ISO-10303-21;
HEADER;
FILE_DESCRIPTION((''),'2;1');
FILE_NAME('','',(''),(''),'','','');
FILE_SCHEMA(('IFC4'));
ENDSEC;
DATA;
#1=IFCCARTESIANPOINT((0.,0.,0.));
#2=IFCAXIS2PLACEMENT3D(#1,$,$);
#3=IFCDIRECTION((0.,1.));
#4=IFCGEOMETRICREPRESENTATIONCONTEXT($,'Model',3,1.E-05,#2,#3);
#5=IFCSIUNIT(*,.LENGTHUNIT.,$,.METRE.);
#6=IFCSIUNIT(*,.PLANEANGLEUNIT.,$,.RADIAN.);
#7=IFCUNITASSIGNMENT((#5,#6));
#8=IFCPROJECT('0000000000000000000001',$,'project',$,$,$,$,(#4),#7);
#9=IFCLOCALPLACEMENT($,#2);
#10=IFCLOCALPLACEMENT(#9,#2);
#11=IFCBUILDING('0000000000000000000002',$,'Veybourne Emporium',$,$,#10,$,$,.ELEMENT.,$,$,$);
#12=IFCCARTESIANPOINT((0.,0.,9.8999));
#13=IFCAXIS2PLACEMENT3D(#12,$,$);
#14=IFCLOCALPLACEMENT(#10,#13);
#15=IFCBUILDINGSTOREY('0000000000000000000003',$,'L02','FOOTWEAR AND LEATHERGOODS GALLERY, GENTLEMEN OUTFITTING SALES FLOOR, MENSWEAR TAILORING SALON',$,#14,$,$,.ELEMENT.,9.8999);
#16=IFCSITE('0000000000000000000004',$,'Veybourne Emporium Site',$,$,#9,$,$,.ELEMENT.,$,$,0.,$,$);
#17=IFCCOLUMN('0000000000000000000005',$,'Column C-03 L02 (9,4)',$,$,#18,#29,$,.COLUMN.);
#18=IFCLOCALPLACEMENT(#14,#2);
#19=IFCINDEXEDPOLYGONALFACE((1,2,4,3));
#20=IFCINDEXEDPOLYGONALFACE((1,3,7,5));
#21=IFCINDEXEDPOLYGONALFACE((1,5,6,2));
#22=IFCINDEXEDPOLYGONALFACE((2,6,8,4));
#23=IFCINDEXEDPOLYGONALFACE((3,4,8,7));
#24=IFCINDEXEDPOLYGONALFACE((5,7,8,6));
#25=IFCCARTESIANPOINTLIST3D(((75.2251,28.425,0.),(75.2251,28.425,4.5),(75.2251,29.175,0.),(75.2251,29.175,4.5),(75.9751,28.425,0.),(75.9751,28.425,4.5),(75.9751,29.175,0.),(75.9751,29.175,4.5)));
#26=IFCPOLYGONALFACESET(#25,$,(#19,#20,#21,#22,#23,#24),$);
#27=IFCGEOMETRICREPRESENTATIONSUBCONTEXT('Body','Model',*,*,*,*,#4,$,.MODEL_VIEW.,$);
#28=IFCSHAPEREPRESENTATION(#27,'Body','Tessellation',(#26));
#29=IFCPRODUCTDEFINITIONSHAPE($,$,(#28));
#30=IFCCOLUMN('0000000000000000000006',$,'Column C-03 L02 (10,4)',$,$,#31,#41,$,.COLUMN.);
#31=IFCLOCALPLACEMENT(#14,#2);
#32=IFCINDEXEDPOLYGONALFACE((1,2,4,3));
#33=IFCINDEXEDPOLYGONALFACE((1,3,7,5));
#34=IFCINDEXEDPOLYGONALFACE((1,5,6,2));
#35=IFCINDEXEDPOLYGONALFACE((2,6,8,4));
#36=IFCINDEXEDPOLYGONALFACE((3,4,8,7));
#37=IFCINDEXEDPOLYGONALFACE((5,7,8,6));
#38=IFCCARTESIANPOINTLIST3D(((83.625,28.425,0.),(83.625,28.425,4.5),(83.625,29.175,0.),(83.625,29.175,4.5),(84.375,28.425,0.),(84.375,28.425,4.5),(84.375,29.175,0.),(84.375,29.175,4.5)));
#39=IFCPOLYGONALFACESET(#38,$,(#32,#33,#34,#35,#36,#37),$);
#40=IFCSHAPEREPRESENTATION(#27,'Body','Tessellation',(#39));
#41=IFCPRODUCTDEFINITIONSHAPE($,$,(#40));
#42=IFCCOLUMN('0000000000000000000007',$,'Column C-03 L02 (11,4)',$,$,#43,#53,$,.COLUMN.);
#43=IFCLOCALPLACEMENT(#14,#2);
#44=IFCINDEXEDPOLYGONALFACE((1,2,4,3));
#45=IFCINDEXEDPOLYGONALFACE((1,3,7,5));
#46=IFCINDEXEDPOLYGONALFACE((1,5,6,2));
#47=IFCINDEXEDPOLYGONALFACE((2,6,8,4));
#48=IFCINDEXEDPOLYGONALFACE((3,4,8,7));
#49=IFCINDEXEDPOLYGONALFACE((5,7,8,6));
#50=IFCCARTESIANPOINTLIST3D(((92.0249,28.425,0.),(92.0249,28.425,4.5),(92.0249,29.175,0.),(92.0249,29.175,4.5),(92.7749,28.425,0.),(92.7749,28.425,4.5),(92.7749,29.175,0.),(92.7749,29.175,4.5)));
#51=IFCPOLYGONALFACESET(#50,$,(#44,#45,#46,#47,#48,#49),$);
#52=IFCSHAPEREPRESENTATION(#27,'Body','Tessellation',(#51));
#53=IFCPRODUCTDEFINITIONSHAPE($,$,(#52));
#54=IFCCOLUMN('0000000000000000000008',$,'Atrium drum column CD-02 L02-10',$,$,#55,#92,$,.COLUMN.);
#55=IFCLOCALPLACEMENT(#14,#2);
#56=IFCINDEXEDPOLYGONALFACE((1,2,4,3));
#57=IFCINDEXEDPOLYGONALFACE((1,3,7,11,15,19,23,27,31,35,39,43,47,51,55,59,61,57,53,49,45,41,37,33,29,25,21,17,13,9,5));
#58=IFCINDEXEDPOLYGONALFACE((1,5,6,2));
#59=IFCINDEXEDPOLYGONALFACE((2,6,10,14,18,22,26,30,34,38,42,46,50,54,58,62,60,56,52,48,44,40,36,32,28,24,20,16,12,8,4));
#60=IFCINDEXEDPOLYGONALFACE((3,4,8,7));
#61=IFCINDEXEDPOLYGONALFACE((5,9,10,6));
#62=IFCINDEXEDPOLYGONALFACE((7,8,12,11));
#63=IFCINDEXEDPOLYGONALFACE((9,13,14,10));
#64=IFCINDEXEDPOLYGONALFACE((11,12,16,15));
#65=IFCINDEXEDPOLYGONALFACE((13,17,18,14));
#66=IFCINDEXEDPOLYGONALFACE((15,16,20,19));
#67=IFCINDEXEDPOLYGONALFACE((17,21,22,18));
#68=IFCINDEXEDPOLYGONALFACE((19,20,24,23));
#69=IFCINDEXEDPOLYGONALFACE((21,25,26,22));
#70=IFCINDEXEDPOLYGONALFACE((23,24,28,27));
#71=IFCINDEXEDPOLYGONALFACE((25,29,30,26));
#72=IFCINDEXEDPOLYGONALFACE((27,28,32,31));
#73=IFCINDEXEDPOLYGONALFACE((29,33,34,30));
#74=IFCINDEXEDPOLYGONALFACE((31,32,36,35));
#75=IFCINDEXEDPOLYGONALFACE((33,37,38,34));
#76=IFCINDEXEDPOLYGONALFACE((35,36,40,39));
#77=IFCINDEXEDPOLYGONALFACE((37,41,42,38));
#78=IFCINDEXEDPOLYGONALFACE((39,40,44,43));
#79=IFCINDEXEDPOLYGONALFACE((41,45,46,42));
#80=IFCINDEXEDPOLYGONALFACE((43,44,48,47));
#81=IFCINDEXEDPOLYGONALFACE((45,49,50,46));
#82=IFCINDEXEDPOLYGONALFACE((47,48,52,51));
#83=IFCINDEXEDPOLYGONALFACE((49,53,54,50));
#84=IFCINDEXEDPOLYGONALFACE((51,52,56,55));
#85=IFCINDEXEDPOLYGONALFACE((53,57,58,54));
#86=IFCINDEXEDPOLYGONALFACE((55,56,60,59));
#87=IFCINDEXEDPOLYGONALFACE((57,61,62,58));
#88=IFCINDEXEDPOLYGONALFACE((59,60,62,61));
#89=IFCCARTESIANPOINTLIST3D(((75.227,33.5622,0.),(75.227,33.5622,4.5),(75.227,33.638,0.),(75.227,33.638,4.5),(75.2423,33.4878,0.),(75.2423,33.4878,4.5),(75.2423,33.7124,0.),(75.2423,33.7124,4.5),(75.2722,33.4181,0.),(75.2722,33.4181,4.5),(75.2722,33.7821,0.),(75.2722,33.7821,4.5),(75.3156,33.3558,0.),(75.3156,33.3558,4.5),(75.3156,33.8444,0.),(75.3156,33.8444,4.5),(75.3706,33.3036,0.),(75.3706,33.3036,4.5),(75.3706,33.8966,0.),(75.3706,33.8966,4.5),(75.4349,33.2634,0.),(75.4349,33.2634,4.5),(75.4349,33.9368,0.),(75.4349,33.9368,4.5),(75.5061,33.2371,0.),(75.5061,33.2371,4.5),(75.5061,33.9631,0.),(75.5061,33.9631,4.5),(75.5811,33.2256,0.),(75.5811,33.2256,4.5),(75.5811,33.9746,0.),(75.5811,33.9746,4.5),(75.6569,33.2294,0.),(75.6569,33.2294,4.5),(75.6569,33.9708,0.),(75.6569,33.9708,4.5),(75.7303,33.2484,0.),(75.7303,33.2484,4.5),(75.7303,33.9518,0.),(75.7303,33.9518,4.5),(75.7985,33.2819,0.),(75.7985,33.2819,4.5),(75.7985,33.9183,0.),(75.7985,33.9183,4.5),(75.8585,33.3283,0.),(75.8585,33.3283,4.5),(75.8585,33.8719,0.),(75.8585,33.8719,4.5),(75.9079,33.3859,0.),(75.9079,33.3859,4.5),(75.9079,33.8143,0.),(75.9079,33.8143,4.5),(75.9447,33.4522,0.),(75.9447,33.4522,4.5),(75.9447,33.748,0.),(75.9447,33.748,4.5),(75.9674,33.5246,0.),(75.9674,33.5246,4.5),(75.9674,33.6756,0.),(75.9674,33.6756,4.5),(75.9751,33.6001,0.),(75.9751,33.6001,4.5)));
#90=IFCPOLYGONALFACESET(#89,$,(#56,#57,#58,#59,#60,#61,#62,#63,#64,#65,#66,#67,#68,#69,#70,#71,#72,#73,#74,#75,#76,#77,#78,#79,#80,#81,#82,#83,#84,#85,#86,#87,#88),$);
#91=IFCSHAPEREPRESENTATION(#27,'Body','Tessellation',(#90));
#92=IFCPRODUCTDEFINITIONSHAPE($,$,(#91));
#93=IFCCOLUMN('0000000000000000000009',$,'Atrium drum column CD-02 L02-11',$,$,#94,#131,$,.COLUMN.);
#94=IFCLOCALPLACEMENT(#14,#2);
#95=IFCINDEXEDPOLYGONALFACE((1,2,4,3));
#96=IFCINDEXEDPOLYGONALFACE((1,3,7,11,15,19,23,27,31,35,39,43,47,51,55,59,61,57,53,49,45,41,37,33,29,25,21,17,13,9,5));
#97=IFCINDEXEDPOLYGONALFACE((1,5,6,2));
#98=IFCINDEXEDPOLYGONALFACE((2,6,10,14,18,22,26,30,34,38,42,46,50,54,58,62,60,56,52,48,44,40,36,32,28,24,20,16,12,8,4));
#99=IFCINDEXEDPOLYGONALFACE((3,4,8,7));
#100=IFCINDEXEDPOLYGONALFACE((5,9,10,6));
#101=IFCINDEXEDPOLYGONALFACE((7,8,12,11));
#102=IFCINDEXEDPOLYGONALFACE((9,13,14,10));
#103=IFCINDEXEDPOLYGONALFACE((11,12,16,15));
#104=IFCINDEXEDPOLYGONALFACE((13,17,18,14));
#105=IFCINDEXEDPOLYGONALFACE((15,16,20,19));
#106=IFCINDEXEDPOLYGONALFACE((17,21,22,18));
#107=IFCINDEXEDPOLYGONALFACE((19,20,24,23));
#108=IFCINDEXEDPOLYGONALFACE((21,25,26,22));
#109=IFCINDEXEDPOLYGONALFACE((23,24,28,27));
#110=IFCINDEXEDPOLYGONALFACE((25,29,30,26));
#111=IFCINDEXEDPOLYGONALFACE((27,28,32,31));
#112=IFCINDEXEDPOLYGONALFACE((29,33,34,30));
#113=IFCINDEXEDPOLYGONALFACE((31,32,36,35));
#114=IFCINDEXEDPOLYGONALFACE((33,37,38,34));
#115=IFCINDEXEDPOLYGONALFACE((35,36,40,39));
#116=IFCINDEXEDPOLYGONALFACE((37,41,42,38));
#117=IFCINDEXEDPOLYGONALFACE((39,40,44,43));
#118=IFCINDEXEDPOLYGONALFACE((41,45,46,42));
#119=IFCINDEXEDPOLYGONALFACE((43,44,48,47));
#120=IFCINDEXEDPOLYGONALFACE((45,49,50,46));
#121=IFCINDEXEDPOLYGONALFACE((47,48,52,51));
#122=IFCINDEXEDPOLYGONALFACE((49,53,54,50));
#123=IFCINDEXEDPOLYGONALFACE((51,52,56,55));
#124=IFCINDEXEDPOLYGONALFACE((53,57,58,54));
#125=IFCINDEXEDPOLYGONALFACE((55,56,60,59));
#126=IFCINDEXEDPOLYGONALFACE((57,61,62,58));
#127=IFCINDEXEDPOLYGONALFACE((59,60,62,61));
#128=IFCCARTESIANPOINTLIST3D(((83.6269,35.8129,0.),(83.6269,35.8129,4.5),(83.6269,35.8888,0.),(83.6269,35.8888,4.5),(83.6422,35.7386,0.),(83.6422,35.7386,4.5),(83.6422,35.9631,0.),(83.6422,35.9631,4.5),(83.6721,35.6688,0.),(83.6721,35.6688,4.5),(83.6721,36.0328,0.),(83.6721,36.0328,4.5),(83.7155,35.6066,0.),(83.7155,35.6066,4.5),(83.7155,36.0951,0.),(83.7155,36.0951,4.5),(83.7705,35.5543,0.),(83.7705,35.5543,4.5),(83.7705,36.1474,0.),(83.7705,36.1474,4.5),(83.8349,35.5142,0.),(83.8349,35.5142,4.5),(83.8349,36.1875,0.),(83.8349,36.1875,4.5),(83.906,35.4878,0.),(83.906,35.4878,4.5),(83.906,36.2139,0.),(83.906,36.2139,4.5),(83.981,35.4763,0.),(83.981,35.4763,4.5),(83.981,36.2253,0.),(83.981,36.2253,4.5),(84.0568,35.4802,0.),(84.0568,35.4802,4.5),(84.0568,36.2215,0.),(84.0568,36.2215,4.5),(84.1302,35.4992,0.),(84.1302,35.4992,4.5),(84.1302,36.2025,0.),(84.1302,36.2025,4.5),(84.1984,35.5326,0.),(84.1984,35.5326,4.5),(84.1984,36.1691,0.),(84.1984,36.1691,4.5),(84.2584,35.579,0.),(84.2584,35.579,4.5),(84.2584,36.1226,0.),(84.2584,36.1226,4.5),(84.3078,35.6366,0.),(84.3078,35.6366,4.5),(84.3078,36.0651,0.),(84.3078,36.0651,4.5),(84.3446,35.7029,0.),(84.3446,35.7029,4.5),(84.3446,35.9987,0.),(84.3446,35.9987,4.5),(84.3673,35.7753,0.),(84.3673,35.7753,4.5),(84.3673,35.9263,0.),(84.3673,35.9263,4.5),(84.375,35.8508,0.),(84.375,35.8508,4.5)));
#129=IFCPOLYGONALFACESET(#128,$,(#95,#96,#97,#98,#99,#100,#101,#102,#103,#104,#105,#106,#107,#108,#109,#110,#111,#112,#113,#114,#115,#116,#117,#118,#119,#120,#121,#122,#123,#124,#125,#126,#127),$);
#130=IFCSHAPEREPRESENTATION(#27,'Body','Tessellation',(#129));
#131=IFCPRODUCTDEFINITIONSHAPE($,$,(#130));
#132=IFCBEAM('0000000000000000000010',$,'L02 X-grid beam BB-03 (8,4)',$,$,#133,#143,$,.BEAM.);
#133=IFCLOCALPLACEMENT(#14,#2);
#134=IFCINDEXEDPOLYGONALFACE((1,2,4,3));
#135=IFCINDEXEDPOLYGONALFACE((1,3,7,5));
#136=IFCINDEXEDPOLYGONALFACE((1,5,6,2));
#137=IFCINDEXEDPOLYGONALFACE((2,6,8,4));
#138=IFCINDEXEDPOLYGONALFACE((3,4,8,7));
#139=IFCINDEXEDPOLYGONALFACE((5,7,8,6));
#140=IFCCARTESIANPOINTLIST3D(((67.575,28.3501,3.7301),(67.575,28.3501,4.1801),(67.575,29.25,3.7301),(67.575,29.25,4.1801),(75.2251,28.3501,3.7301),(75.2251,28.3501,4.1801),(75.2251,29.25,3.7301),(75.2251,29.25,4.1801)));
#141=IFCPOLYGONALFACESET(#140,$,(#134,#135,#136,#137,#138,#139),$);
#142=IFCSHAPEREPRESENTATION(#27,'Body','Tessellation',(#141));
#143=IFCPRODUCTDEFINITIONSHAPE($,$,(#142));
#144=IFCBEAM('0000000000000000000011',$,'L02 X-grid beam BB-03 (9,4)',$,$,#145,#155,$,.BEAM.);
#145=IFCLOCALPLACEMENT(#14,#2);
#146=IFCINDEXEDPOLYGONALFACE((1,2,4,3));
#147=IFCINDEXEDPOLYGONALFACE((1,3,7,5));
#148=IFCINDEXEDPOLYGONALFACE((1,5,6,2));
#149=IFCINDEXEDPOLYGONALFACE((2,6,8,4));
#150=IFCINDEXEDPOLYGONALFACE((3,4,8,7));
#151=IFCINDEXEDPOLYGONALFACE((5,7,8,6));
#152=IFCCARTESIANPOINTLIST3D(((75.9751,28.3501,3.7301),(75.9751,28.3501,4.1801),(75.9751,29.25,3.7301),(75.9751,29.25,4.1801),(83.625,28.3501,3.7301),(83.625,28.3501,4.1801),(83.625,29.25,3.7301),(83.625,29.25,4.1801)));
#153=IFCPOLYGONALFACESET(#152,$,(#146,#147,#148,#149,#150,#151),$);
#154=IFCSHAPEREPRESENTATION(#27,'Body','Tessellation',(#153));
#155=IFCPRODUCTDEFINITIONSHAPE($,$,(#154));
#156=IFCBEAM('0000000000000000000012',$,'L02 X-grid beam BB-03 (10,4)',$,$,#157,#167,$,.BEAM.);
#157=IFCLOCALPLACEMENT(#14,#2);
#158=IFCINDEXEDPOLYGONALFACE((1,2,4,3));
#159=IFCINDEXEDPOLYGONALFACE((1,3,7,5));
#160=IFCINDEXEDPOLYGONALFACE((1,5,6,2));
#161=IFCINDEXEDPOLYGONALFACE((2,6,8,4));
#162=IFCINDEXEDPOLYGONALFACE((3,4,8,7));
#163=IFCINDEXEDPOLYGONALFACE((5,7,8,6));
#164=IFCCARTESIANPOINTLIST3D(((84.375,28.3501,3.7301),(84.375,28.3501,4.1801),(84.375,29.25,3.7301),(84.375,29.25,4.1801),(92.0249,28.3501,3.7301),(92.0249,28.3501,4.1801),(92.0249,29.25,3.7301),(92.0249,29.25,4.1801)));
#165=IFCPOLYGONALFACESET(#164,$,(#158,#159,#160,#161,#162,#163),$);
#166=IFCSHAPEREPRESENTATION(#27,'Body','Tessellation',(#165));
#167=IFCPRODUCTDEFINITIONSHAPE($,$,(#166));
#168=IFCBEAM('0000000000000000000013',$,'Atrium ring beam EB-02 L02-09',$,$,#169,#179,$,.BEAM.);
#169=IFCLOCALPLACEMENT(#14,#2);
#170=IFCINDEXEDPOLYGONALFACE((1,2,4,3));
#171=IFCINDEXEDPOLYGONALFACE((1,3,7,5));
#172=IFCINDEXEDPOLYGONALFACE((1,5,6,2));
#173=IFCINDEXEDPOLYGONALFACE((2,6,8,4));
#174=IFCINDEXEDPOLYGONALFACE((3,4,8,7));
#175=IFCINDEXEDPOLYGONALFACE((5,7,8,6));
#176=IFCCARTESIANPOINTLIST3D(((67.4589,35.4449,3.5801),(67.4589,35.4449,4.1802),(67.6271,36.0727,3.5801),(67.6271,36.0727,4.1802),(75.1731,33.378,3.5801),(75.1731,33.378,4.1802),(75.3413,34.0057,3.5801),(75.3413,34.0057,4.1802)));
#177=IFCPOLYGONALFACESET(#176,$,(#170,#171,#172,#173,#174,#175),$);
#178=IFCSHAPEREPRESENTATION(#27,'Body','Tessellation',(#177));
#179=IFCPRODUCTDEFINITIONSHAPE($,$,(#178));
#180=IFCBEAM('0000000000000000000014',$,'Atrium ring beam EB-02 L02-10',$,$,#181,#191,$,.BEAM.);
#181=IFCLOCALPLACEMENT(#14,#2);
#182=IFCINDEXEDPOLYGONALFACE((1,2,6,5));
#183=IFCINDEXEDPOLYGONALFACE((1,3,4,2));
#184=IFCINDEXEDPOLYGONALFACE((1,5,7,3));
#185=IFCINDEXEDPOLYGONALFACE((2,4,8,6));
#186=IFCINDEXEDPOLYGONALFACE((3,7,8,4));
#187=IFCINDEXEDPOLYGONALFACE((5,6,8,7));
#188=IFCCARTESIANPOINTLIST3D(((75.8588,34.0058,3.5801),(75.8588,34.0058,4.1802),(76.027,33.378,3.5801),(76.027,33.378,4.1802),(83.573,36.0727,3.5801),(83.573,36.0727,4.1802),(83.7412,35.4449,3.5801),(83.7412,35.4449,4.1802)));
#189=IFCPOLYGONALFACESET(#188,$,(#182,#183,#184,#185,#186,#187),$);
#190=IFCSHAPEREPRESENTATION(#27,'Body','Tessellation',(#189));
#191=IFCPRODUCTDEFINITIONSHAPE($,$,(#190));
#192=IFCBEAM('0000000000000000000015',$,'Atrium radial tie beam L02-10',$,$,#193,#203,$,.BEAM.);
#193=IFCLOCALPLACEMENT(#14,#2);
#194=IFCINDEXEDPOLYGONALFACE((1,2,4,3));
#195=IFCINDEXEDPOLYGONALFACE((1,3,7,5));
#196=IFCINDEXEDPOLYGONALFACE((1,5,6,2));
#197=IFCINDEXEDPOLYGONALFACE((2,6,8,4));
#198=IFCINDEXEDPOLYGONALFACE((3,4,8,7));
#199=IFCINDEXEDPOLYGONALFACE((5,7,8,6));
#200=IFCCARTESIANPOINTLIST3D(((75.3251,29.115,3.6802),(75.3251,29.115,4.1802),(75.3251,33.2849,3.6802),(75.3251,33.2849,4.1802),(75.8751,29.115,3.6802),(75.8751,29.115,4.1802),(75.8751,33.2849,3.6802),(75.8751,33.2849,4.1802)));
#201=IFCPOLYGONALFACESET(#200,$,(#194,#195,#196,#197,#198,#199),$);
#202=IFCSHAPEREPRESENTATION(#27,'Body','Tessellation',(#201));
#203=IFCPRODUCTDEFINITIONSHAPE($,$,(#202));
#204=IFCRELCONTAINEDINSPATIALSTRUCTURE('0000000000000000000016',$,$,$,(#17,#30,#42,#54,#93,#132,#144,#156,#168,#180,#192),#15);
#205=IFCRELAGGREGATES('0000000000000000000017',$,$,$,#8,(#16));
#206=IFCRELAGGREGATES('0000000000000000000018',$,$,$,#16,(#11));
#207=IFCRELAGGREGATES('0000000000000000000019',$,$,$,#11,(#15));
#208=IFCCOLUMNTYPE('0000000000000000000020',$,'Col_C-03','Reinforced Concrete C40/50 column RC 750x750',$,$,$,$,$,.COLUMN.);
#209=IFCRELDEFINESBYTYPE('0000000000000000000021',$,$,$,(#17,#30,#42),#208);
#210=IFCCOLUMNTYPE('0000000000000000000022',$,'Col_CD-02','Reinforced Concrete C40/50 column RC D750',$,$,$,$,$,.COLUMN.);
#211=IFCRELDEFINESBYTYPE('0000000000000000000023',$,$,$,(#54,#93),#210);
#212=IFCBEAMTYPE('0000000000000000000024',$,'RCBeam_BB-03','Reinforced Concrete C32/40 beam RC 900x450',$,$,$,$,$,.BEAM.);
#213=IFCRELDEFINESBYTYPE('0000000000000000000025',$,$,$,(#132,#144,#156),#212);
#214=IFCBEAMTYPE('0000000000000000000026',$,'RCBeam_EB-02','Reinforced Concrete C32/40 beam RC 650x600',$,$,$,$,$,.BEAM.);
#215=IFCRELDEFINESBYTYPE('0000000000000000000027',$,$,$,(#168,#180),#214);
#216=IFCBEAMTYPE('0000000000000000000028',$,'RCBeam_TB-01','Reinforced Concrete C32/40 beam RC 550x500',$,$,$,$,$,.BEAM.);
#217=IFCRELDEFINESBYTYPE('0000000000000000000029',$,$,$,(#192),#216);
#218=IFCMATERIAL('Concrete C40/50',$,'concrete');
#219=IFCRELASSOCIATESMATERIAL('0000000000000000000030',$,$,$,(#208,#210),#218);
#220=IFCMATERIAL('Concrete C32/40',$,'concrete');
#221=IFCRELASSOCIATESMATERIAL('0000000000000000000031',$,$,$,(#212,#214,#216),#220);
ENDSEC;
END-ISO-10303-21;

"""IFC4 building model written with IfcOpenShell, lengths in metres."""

from ifc_helpers import new_model, si_unit, direction, frame, origin, origin_2d, place, context, subcontext, project, spatial, rectangle, circle, extrude, material, material_profile, profile_set, type_object, element, save


model = new_model("IFC4")

# Units and contexts
model_context = context("Model", 3, precision=1e-05, world=origin(), true_north=direction((0.0, 1.0)))
body_context = subcontext(model_context, "Body", "Model", "MODEL_VIEW")
ifc_project = project(units=[si_unit("LENGTHUNIT", "METRE"), si_unit("PLANEANGLEUNIT", "RADIAN")], contexts=[model_context])

# Site, building, storey
site_placement = place(None, origin())
site = spatial("IfcSite", under=ifc_project, at=site_placement, Name="Veybourne Emporium Site", CompositionType="ELEMENT", RefElevation=0.0)
building_placement = place(site_placement, origin())
building = spatial("IfcBuilding", under=site, at=building_placement, Name="Veybourne Emporium", CompositionType="ELEMENT")
storey_placement = place(building_placement, frame((0.0, 0.0, 9.8999)))
storey = spatial("IfcBuildingStorey", under=building, at=storey_placement, Name="L02", Description="FOOTWEAR AND LEATHERGOODS GALLERY, GENTLEMEN OUTFITTING SALES FLOOR, MENSWEAR TAILORING SALON", CompositionType="ELEMENT", Elevation=9.8999)

# Columns
ifc_material_1 = material(Name="Concrete C40/50", Category="concrete")
ifc_material_profile_1 = material_profile(ifc_material_1, rectangle(XDim=0.75, YDim=0.75, at=origin_2d()), Name="RC 750x750")
ifc_profile_set_1 = profile_set([ifc_material_profile_1], Name="Concrete C40/50")
column_type_1 = type_object("IfcColumnType", Name="Col_C-03", Description="Reinforced Concrete C40/50 column RC 750x750", PredefinedType="COLUMN", material=ifc_profile_set_1)
for number, where, z_axis, x_axis, name in (
    (1, (75.6001, 28.8, 0.0), (0.0, 0.0, 1.0), (1.0, 0.0, 0.0), "Column C-03 L02 (9,4)"),
    (2, (84.0, 28.8, 0.0), (0.0, 0.0, 1.0), (1.0, 0.0, 0.0), "Column C-03 L02 (10,4)"),
    (3, (92.3999, 28.8, 0.0), (0.0, 0.0, 1.0), (1.0, 0.0, 0.0), "Column C-03 L02 (11,4)"),
):
    element("IfcColumn", number, at=place(storey_placement, frame(where, z_axis=z_axis, x_axis=x_axis)), inside=storey, type_object=column_type_1, Name=name, PredefinedType="COLUMN", context=body_context, shape_type="SweptSolid", body=[
        extrude(rectangle(XDim=0.75, YDim=0.75, at=origin_2d()), origin(), (0.0, 0.0, 1.0), 4.5),
    ])
ifc_material_profile_2 = material_profile(ifc_material_1, circle(Radius=0.375, at=origin_2d()), Name="RC D750")
ifc_profile_set_2 = profile_set([ifc_material_profile_2], Name="Concrete C40/50")
column_type_2 = type_object("IfcColumnType", Name="Col_CD-02", Description="Reinforced Concrete C40/50 column RC D750", PredefinedType="COLUMN", material=ifc_profile_set_2)
for number, where, z_axis, x_axis, name in (
    (4, (75.6001, 33.6001, 0.0), (0.0, 0.0, 1.0), (1.0, 0.0, 0.0), "Atrium drum column CD-02 L02-10"),
    (5, (84.0, 35.8508, 0.0), (0.0, 0.0, 1.0), (1.0, 0.0, 0.0), "Atrium drum column CD-02 L02-11"),
):
    element("IfcColumn", number, at=place(storey_placement, frame(where, z_axis=z_axis, x_axis=x_axis)), inside=storey, type_object=column_type_2, Name=name, PredefinedType="COLUMN", context=body_context, shape_type="SweptSolid", body=[
        extrude(circle(Radius=0.375, at=origin_2d()), origin(), (0.0, 0.0, 1.0), 4.5),
    ])

# Beams
ifc_material_2 = material(Name="Concrete C32/40", Category="concrete")
ifc_material_profile_3 = material_profile(ifc_material_2, rectangle(XDim=0.8999, YDim=0.45, at=origin_2d()), Name="RC 900x450")
ifc_profile_set_3 = profile_set([ifc_material_profile_3], Name="Concrete C32/40")
beam_type_1 = type_object("IfcBeamType", Name="RCBeam_BB-03", Description="Reinforced Concrete C32/40 beam RC 900x450", PredefinedType="BEAM", material=ifc_profile_set_3)
beam_1_placement = place(storey_placement, frame((67.575, 28.8, 3.9551), z_axis=(1.0, 0.0, 0.0), x_axis=(0.0, 1.0, 0.0)))
element("IfcBeam", 6, at=beam_1_placement, inside=storey, type_object=beam_type_1, Name="L02 X-grid beam BB-03 (8,4)", PredefinedType="BEAM", context=body_context, shape_type="SweptSolid", body=[
    extrude(rectangle(XDim=0.8999, YDim=0.45, at=origin_2d()), origin(), (0.0, 0.0, 1.0), 7.6501),
])
for number, where, z_axis, x_axis, name in (
    (7, (75.9751, 28.8, 3.9551), (1.0, 0.0, 0.0), (0.0, 1.0, 0.0), "L02 X-grid beam BB-03 (9,4)"),
    (8, (84.375, 28.8, 3.9551), (1.0, 0.0, 0.0), (0.0, 1.0, 0.0), "L02 X-grid beam BB-03 (10,4)"),
):
    element("IfcBeam", number, at=place(storey_placement, frame(where, z_axis=z_axis, x_axis=x_axis)), inside=storey, type_object=beam_type_1, Name=name, PredefinedType="BEAM", context=body_context, shape_type="SweptSolid", body=[
        extrude(rectangle(XDim=0.8999, YDim=0.45, at=origin_2d()), origin(), (0.0, 0.0, 1.0), 7.6499),
    ])
ifc_material_profile_4 = material_profile(ifc_material_2, rectangle(XDim=0.6499, YDim=0.6001, at=origin_2d()), Name="RC 650x600")
ifc_profile_set_4 = profile_set([ifc_material_profile_4], Name="Concrete C32/40")
beam_type_2 = type_object("IfcBeamType", Name="RCBeam_EB-02", Description="Reinforced Concrete C32/40 beam RC 650x600", PredefinedType="BEAM", material=ifc_profile_set_4)
for number, where, z_axis, x_axis, name in (
    (9, (67.543, 35.7588, 3.8801), (0.965929, -0.258808, 0.0), (0.258808, 0.965929, 0.0), "Atrium ring beam EB-02 L02-09"),
    (10, (75.9429, 33.6919, 3.8801), (0.965929, 0.258808, 0.0), (-0.258808, 0.965929, 0.0), "Atrium ring beam EB-02 L02-10"),
):
    element("IfcBeam", number, at=place(storey_placement, frame(where, z_axis=z_axis, x_axis=x_axis)), inside=storey, type_object=beam_type_2, Name=name, PredefinedType="BEAM", context=body_context, shape_type="SweptSolid", body=[
        extrude(rectangle(XDim=0.6499, YDim=0.6001, at=origin_2d()), origin(), (0.0, 0.0, 1.0), 7.9863),
    ])
ifc_material_profile_5 = material_profile(ifc_material_2, rectangle(XDim=0.55, YDim=0.5, at=origin_2d()), Name="RC 550x500")
ifc_profile_set_5 = profile_set([ifc_material_profile_5], Name="Concrete C32/40")
beam_type_3 = type_object("IfcBeamType", Name="RCBeam_TB-01", Description="Reinforced Concrete C32/40 beam RC 550x500", PredefinedType="BEAM", material=ifc_profile_set_5)
beam_2_placement = place(storey_placement, frame((75.6001, 33.2849, 3.9302), z_axis=(0.0, -1.0, 0.0), x_axis=(1.0, 0.0, 0.0)))
element("IfcBeam", 11, at=beam_2_placement, inside=storey, type_object=beam_type_3, Name="Atrium radial tie beam L02-10", PredefinedType="BEAM", context=body_context, shape_type="SweptSolid", body=[
    extrude(rectangle(XDim=0.55, YDim=0.5, at=origin_2d()), origin(), (0.0, 0.0, 1.0), 4.1699),
])

save(model, "model.ifc")
